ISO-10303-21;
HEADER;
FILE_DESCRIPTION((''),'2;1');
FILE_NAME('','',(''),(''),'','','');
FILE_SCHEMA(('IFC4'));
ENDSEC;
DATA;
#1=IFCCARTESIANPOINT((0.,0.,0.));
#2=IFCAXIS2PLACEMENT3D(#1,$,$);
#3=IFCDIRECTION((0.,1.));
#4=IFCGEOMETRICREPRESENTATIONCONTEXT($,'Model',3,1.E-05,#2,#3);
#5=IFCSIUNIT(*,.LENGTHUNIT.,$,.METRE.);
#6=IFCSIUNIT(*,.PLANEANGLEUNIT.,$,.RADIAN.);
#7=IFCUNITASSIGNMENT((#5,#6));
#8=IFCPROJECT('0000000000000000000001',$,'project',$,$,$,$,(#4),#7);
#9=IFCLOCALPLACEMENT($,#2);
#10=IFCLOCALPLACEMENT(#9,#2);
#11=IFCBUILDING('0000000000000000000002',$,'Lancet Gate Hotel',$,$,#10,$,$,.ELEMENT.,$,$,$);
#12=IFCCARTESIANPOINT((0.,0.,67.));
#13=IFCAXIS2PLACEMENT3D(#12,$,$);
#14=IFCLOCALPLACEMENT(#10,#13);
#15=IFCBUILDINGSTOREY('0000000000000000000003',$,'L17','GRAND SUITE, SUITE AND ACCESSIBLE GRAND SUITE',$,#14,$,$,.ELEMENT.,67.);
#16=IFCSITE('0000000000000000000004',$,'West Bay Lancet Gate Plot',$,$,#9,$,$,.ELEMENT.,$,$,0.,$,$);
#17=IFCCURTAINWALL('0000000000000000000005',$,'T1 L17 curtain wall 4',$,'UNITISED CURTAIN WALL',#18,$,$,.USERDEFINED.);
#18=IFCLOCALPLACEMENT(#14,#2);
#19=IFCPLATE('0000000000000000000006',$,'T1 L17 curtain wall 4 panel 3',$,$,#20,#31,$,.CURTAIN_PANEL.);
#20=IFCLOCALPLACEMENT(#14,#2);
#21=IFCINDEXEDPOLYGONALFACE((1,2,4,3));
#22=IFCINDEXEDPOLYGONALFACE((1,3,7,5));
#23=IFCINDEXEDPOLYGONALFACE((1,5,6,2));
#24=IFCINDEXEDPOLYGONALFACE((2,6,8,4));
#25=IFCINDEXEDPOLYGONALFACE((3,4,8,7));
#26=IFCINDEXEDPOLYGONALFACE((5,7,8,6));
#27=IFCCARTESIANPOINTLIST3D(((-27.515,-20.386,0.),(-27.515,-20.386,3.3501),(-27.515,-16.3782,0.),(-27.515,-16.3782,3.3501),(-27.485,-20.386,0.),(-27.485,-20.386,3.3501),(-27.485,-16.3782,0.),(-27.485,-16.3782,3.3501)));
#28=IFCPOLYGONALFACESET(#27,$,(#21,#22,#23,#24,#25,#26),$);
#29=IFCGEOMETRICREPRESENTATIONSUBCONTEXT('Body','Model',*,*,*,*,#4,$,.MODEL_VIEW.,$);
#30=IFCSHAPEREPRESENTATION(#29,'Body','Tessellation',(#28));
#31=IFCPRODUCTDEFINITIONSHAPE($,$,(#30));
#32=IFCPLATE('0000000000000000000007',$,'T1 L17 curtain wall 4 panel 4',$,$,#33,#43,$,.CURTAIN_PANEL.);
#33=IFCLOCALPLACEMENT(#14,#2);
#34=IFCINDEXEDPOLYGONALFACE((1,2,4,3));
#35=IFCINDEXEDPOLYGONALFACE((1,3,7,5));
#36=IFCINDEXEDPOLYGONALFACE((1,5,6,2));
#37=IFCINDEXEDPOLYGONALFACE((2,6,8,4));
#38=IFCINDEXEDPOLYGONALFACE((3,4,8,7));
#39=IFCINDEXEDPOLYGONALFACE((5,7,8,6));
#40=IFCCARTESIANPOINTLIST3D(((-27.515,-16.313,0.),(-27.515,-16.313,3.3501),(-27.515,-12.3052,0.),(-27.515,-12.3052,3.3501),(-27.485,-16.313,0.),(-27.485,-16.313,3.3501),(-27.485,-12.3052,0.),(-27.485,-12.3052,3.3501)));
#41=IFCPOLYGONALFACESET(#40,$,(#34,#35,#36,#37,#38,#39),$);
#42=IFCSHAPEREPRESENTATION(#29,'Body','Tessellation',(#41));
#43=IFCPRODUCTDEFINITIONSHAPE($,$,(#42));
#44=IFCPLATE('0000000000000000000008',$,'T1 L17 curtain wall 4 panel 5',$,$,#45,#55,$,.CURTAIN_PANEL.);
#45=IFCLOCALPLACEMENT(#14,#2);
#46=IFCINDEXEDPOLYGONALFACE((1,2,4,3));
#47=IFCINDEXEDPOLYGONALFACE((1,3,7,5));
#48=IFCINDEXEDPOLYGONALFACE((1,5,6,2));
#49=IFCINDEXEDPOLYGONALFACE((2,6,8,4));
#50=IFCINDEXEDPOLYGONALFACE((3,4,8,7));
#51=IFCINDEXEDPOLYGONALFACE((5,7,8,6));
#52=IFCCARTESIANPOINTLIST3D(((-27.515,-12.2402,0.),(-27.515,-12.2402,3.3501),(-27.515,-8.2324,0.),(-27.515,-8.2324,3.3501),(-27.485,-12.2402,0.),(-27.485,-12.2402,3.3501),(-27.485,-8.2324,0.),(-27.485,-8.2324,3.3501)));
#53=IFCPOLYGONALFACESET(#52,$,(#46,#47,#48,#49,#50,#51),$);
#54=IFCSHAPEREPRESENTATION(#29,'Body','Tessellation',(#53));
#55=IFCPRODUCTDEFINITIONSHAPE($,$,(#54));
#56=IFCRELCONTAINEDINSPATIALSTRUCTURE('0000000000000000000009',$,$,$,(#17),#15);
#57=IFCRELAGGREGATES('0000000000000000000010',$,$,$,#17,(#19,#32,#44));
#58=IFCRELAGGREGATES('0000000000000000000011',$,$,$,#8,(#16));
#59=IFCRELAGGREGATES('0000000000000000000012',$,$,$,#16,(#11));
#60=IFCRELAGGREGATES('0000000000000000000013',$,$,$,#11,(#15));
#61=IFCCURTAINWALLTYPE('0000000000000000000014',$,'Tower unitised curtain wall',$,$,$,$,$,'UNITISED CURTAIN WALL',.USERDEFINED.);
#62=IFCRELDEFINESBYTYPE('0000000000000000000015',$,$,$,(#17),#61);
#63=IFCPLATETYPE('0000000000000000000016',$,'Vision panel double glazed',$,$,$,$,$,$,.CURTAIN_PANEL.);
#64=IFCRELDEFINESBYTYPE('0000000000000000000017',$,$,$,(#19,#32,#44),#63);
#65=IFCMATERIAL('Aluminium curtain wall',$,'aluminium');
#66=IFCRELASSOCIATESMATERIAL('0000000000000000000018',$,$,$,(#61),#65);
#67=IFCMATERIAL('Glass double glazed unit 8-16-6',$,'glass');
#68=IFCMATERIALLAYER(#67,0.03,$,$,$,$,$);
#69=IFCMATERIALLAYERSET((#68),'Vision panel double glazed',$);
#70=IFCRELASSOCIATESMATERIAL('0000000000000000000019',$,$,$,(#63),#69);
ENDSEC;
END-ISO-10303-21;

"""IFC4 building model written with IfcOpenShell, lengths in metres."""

from ifc_helpers import new_model, si_unit, direction, frame, origin, origin_2d, place, context, subcontext, project, spatial, rectangle, extrude, material, layer, layer_set, type_object, element, aggregate, save


model = new_model("IFC4")

# Units and contexts
model_context = context("Model", 3, precision=1e-05, world=origin(), true_north=direction((0.0, 1.0)))
body_context = subcontext(model_context, "Body", "Model", "MODEL_VIEW")
ifc_project = project(units=[si_unit("LENGTHUNIT", "METRE"), si_unit("PLANEANGLEUNIT", "RADIAN")], contexts=[model_context])

# Site, building, storey
site_placement = place(None, origin())
site = spatial("IfcSite", under=ifc_project, at=site_placement, Name="West Bay Lancet Gate Plot", CompositionType="ELEMENT", RefElevation=0.0)
building_placement = place(site_placement, origin())
building = spatial("IfcBuilding", under=site, at=building_placement, Name="Lancet Gate Hotel", CompositionType="ELEMENT")
storey_placement = place(building_placement, frame((0.0, 0.0, 67.0)))
storey = spatial("IfcBuildingStorey", under=building, at=storey_placement, Name="L17", Description="GRAND SUITE, SUITE AND ACCESSIBLE GRAND SUITE", CompositionType="ELEMENT", Elevation=67.0)

# Curtain wall
ifc_material_1 = material(Name="Aluminium curtain wall", Category="aluminium")
curtain_wall_type = type_object("IfcCurtainWallType", Name="Tower unitised curtain wall", ElementType="UNITISED CURTAIN WALL", PredefinedType="USERDEFINED", material=ifc_material_1)
curtain_wall_1_placement = place(storey_placement, origin())
curtain_wall_1 = element("IfcCurtainWall", 1, at=curtain_wall_1_placement, inside=storey, type_object=curtain_wall_type, Name="T1 L17 curtain wall 4", ObjectType="UNITISED CURTAIN WALL", PredefinedType="USERDEFINED")

# Plates
ifc_material_2 = material(Name="Glass double glazed unit 8-16-6", Category="glass")
ifc_layer = layer(ifc_material_2, 0.03)
ifc_layer_set = layer_set([ifc_layer], Name="Vision panel double glazed")
plate_type = type_object("IfcPlateType", Name="Vision panel double glazed", PredefinedType="CURTAIN_PANEL", material=ifc_layer_set)
plate_1_placement = place(storey_placement, frame((-27.5, -18.3821, 0.0), z_axis=(0.0, 0.0, 1.0), x_axis=(0.0, 1.0, 0.0)))
plate_1 = element("IfcPlate", 2, at=plate_1_placement, type_object=plate_type, Name="T1 L17 curtain wall 4 panel 3", PredefinedType="CURTAIN_PANEL", context=body_context, shape_type="SweptSolid", body=[
    extrude(rectangle(XDim=4.0078, YDim=0.03, at=origin_2d()), origin(), (0.0, 0.0, 1.0), 3.3501),
])
plate_2_placement = place(storey_placement, frame((-27.5, -14.3091, 0.0), z_axis=(0.0, 0.0, 1.0), x_axis=(0.0, 1.0, 0.0)))
plate_2 = element("IfcPlate", 3, at=plate_2_placement, type_object=plate_type, Name="T1 L17 curtain wall 4 panel 4", PredefinedType="CURTAIN_PANEL", context=body_context, shape_type="SweptSolid", body=[
    extrude(rectangle(XDim=4.0078, YDim=0.03, at=origin_2d()), origin(), (0.0, 0.0, 1.0), 3.3501),
])
plate_3_placement = place(storey_placement, frame((-27.5, -10.2363, 0.0), z_axis=(0.0, 0.0, 1.0), x_axis=(0.0, 1.0, 0.0)))
plate_3 = element("IfcPlate", 4, at=plate_3_placement, type_object=plate_type, Name="T1 L17 curtain wall 4 panel 5", PredefinedType="CURTAIN_PANEL", context=body_context, shape_type="SweptSolid", body=[
    extrude(rectangle(XDim=4.0078, YDim=0.03, at=origin_2d()), origin(), (0.0, 0.0, 1.0), 3.3501),
])
aggregate(curtain_wall_1, [plate_1, plate_2, plate_3])

save(model, "model.ifc")
